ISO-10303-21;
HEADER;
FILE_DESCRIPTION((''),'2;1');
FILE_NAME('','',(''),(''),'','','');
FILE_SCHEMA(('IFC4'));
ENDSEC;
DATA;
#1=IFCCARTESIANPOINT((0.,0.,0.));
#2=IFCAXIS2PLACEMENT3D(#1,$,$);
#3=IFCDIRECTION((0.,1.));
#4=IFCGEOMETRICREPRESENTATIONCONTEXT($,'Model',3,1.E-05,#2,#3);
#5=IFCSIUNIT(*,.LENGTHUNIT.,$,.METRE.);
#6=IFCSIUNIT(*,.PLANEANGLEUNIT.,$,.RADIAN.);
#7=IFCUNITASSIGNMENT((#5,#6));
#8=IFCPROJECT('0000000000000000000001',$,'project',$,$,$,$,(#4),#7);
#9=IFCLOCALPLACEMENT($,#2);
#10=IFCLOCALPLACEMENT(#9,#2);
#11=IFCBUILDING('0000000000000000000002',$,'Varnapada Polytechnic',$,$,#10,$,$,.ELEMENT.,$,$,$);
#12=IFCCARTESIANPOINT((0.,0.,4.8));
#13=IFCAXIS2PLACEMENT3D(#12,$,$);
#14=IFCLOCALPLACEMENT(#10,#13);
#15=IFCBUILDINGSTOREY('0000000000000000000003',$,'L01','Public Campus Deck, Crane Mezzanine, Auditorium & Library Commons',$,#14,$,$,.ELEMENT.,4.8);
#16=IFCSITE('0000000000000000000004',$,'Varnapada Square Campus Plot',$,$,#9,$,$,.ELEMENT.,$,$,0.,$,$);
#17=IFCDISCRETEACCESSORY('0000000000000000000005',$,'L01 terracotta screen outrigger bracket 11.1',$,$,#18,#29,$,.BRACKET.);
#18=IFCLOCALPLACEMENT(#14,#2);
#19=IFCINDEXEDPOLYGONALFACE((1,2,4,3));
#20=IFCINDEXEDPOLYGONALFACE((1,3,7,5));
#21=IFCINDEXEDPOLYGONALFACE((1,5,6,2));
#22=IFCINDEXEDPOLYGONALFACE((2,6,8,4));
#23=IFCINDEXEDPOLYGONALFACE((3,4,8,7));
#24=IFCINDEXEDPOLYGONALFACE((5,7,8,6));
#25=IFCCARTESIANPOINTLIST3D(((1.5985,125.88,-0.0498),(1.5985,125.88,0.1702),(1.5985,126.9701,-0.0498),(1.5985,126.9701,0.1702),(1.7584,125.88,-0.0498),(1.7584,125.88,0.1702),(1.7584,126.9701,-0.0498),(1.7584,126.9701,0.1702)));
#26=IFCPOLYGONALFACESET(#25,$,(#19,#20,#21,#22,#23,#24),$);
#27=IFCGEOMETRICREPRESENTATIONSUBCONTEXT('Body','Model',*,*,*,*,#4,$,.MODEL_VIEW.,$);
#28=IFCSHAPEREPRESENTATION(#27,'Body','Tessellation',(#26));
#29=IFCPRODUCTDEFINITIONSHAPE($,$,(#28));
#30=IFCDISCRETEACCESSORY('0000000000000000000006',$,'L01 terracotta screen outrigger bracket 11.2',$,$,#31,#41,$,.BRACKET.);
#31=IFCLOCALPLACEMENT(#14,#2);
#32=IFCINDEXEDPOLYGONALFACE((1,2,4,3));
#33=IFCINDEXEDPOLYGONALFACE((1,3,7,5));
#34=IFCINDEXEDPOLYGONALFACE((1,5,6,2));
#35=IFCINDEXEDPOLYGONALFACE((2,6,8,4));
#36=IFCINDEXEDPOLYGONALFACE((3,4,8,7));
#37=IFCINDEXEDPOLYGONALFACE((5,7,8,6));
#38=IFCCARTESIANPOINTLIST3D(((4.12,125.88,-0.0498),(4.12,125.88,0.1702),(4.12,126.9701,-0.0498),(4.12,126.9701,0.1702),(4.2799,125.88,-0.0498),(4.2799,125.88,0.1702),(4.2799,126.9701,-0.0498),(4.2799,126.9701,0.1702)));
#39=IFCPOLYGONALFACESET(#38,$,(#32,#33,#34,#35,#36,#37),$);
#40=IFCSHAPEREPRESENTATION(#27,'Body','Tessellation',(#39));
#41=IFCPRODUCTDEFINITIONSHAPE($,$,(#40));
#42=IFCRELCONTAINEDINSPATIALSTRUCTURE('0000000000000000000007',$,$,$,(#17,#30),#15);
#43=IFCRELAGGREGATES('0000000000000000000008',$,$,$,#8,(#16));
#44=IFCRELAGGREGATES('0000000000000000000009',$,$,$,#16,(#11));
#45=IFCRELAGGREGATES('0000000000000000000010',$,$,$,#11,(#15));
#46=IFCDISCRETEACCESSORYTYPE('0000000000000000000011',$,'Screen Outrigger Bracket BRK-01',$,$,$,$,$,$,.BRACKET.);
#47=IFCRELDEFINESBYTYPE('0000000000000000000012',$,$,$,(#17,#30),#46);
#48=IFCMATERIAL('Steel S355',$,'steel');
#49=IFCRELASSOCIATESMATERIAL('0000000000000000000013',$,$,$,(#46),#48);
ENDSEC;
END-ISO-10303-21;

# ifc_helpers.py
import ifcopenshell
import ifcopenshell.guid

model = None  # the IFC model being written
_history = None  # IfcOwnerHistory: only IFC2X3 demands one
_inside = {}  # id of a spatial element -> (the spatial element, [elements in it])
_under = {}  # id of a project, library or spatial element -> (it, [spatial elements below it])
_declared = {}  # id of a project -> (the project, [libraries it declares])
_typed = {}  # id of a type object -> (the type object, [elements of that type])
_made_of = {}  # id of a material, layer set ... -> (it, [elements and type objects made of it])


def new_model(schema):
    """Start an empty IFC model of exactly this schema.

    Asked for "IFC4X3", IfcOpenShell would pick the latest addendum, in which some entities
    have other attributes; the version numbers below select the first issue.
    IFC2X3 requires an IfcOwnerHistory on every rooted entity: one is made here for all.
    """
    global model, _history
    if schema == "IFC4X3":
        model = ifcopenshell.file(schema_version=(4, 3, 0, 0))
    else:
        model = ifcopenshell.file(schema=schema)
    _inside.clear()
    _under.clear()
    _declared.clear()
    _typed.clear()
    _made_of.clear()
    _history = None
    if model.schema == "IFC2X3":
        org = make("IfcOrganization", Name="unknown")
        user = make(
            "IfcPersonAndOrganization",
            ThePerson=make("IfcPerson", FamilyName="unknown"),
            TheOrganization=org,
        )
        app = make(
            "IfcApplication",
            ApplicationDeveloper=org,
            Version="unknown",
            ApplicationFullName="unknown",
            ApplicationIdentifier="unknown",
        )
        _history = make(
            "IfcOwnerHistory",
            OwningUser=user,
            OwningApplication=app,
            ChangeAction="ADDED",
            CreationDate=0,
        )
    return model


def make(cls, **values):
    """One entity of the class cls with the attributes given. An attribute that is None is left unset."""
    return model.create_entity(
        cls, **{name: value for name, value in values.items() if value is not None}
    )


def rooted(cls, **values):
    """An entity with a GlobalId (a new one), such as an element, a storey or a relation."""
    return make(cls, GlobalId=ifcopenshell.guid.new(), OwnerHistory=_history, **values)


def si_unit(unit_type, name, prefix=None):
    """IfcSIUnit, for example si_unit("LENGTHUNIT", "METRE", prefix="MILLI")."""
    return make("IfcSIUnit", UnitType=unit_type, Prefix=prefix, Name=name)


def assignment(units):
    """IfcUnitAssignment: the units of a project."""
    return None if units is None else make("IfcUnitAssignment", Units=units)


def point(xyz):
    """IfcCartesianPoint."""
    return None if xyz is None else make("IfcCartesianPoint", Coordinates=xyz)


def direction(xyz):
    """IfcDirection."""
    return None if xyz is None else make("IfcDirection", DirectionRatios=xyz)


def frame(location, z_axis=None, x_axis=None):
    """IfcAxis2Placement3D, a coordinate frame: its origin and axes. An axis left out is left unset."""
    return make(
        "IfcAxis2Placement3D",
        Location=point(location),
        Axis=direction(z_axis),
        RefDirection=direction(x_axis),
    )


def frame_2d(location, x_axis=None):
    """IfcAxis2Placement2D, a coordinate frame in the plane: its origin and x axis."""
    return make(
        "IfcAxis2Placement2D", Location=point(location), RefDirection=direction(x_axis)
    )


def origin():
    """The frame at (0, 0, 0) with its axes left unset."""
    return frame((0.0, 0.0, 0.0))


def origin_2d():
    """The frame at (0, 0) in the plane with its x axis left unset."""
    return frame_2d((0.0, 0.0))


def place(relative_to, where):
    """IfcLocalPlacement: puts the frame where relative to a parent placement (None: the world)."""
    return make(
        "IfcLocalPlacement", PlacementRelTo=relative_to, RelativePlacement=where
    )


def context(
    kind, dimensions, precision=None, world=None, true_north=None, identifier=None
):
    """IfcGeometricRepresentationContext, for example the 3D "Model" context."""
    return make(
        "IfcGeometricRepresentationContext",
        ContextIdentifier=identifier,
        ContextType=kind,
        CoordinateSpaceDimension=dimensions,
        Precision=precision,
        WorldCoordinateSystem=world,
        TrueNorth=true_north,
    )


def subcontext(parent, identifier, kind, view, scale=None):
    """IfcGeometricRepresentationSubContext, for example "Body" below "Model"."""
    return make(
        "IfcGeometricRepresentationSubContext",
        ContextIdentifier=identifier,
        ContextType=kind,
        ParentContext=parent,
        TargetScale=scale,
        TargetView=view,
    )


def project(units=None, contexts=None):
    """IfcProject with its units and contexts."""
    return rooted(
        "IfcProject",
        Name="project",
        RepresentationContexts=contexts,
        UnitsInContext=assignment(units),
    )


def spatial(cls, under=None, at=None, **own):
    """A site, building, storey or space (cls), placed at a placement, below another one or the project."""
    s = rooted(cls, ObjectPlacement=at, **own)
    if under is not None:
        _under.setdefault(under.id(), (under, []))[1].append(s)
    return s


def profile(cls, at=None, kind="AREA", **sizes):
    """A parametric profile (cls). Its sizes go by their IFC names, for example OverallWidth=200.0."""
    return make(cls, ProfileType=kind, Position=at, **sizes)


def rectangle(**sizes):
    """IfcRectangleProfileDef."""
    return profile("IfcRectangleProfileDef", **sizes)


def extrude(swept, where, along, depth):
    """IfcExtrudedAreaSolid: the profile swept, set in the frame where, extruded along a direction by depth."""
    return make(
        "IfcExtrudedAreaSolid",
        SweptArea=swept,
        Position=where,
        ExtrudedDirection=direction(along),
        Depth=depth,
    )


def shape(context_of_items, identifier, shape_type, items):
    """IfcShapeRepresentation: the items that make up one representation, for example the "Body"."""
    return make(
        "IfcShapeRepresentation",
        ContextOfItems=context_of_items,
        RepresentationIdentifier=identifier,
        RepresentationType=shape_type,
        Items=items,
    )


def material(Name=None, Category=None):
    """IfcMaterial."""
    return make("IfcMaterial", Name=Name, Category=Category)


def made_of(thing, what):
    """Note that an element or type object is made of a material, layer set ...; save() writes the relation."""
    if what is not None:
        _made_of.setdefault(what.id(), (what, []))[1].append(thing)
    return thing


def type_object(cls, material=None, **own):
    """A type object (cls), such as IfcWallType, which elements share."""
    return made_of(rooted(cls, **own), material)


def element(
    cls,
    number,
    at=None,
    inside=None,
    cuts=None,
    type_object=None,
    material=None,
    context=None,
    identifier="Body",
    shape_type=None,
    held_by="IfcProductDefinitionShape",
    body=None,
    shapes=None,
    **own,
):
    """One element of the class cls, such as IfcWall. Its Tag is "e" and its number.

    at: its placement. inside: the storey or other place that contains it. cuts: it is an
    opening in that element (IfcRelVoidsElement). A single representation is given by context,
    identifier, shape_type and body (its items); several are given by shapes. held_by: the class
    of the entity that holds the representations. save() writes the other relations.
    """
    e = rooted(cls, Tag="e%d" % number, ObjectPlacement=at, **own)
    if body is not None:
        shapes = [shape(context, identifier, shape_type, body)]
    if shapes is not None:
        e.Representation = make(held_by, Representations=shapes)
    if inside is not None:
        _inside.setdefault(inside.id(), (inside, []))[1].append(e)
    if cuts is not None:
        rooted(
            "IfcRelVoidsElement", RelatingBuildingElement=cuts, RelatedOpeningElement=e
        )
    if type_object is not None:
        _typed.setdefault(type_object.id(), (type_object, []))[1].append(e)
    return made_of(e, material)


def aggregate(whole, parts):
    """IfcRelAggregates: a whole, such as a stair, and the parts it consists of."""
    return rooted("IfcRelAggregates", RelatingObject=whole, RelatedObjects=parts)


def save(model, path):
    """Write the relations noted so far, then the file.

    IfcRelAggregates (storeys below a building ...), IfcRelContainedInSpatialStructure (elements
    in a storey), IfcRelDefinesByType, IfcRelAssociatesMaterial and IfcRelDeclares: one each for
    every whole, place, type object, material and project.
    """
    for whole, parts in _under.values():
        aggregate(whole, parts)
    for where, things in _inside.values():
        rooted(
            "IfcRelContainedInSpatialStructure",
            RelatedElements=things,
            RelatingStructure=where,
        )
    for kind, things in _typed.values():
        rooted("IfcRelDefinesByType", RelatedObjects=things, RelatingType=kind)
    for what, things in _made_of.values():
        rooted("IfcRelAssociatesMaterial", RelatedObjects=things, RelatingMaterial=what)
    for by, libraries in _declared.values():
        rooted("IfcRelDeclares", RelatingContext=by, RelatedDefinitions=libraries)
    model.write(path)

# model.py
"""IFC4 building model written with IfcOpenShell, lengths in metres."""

from ifc_helpers import new_model, si_unit, direction, frame, origin, origin_2d, place, context, subcontext, project, spatial, rectangle, extrude, material, type_object, element, save


model = new_model("IFC4")

# Units and contexts
model_context = context("Model", 3, precision=1e-05, world=origin(), true_north=direction((0.0, 1.0)))
body_context = subcontext(model_context, "Body", "Model", "MODEL_VIEW")
ifc_project = project(units=[si_unit("LENGTHUNIT", "METRE"), si_unit("PLANEANGLEUNIT", "RADIAN")], contexts=[model_context])

# Site, building, storey
site_placement = place(None, origin())
site = spatial("IfcSite", under=ifc_project, at=site_placement, Name="Varnapada Square Campus Plot", CompositionType="ELEMENT", RefElevation=0.0)
building_placement = place(site_placement, origin())
building = spatial("IfcBuilding", under=site, at=building_placement, Name="Varnapada Polytechnic", CompositionType="ELEMENT")
storey_placement = place(building_placement, frame((0.0, 0.0, 4.8)))
storey = spatial("IfcBuildingStorey", under=building, at=storey_placement, Name="L01", Description="Public Campus Deck, Crane Mezzanine, Auditorium & Library Commons", CompositionType="ELEMENT", Elevation=4.8)

# Discrete accessories
ifc_material_1 = material(Name="Steel S355", Category="steel")
discrete_accessory_type = type_object("IfcDiscreteAccessoryType", Name="Screen Outrigger Bracket BRK-01", PredefinedType="BRACKET", material=ifc_material_1)
for number, where, z_axis, x_axis, name in (
    (1, (1.6785, 126.425, -0.0498), (0.0, 0.0, 1.0), (1.0, 0.0, 0.0), "L01 terracotta screen outrigger bracket 11.1"),
    (2, (4.2, 126.425, -0.0498), (0.0, 0.0, 1.0), (1.0, 0.0, 0.0), "L01 terracotta screen outrigger bracket 11.2"),
):
    element("IfcDiscreteAccessory", number, at=place(storey_placement, frame(where, z_axis=z_axis, x_axis=x_axis)), inside=storey, type_object=discrete_accessory_type, Name=name, PredefinedType="BRACKET", context=body_context, shape_type="SweptSolid", body=[
        extrude(rectangle(XDim=0.1599, YDim=1.0901, at=origin_2d()), origin(), (0.0, 0.0, 1.0), 0.22),
    ])

save(model, "model.ifc")
